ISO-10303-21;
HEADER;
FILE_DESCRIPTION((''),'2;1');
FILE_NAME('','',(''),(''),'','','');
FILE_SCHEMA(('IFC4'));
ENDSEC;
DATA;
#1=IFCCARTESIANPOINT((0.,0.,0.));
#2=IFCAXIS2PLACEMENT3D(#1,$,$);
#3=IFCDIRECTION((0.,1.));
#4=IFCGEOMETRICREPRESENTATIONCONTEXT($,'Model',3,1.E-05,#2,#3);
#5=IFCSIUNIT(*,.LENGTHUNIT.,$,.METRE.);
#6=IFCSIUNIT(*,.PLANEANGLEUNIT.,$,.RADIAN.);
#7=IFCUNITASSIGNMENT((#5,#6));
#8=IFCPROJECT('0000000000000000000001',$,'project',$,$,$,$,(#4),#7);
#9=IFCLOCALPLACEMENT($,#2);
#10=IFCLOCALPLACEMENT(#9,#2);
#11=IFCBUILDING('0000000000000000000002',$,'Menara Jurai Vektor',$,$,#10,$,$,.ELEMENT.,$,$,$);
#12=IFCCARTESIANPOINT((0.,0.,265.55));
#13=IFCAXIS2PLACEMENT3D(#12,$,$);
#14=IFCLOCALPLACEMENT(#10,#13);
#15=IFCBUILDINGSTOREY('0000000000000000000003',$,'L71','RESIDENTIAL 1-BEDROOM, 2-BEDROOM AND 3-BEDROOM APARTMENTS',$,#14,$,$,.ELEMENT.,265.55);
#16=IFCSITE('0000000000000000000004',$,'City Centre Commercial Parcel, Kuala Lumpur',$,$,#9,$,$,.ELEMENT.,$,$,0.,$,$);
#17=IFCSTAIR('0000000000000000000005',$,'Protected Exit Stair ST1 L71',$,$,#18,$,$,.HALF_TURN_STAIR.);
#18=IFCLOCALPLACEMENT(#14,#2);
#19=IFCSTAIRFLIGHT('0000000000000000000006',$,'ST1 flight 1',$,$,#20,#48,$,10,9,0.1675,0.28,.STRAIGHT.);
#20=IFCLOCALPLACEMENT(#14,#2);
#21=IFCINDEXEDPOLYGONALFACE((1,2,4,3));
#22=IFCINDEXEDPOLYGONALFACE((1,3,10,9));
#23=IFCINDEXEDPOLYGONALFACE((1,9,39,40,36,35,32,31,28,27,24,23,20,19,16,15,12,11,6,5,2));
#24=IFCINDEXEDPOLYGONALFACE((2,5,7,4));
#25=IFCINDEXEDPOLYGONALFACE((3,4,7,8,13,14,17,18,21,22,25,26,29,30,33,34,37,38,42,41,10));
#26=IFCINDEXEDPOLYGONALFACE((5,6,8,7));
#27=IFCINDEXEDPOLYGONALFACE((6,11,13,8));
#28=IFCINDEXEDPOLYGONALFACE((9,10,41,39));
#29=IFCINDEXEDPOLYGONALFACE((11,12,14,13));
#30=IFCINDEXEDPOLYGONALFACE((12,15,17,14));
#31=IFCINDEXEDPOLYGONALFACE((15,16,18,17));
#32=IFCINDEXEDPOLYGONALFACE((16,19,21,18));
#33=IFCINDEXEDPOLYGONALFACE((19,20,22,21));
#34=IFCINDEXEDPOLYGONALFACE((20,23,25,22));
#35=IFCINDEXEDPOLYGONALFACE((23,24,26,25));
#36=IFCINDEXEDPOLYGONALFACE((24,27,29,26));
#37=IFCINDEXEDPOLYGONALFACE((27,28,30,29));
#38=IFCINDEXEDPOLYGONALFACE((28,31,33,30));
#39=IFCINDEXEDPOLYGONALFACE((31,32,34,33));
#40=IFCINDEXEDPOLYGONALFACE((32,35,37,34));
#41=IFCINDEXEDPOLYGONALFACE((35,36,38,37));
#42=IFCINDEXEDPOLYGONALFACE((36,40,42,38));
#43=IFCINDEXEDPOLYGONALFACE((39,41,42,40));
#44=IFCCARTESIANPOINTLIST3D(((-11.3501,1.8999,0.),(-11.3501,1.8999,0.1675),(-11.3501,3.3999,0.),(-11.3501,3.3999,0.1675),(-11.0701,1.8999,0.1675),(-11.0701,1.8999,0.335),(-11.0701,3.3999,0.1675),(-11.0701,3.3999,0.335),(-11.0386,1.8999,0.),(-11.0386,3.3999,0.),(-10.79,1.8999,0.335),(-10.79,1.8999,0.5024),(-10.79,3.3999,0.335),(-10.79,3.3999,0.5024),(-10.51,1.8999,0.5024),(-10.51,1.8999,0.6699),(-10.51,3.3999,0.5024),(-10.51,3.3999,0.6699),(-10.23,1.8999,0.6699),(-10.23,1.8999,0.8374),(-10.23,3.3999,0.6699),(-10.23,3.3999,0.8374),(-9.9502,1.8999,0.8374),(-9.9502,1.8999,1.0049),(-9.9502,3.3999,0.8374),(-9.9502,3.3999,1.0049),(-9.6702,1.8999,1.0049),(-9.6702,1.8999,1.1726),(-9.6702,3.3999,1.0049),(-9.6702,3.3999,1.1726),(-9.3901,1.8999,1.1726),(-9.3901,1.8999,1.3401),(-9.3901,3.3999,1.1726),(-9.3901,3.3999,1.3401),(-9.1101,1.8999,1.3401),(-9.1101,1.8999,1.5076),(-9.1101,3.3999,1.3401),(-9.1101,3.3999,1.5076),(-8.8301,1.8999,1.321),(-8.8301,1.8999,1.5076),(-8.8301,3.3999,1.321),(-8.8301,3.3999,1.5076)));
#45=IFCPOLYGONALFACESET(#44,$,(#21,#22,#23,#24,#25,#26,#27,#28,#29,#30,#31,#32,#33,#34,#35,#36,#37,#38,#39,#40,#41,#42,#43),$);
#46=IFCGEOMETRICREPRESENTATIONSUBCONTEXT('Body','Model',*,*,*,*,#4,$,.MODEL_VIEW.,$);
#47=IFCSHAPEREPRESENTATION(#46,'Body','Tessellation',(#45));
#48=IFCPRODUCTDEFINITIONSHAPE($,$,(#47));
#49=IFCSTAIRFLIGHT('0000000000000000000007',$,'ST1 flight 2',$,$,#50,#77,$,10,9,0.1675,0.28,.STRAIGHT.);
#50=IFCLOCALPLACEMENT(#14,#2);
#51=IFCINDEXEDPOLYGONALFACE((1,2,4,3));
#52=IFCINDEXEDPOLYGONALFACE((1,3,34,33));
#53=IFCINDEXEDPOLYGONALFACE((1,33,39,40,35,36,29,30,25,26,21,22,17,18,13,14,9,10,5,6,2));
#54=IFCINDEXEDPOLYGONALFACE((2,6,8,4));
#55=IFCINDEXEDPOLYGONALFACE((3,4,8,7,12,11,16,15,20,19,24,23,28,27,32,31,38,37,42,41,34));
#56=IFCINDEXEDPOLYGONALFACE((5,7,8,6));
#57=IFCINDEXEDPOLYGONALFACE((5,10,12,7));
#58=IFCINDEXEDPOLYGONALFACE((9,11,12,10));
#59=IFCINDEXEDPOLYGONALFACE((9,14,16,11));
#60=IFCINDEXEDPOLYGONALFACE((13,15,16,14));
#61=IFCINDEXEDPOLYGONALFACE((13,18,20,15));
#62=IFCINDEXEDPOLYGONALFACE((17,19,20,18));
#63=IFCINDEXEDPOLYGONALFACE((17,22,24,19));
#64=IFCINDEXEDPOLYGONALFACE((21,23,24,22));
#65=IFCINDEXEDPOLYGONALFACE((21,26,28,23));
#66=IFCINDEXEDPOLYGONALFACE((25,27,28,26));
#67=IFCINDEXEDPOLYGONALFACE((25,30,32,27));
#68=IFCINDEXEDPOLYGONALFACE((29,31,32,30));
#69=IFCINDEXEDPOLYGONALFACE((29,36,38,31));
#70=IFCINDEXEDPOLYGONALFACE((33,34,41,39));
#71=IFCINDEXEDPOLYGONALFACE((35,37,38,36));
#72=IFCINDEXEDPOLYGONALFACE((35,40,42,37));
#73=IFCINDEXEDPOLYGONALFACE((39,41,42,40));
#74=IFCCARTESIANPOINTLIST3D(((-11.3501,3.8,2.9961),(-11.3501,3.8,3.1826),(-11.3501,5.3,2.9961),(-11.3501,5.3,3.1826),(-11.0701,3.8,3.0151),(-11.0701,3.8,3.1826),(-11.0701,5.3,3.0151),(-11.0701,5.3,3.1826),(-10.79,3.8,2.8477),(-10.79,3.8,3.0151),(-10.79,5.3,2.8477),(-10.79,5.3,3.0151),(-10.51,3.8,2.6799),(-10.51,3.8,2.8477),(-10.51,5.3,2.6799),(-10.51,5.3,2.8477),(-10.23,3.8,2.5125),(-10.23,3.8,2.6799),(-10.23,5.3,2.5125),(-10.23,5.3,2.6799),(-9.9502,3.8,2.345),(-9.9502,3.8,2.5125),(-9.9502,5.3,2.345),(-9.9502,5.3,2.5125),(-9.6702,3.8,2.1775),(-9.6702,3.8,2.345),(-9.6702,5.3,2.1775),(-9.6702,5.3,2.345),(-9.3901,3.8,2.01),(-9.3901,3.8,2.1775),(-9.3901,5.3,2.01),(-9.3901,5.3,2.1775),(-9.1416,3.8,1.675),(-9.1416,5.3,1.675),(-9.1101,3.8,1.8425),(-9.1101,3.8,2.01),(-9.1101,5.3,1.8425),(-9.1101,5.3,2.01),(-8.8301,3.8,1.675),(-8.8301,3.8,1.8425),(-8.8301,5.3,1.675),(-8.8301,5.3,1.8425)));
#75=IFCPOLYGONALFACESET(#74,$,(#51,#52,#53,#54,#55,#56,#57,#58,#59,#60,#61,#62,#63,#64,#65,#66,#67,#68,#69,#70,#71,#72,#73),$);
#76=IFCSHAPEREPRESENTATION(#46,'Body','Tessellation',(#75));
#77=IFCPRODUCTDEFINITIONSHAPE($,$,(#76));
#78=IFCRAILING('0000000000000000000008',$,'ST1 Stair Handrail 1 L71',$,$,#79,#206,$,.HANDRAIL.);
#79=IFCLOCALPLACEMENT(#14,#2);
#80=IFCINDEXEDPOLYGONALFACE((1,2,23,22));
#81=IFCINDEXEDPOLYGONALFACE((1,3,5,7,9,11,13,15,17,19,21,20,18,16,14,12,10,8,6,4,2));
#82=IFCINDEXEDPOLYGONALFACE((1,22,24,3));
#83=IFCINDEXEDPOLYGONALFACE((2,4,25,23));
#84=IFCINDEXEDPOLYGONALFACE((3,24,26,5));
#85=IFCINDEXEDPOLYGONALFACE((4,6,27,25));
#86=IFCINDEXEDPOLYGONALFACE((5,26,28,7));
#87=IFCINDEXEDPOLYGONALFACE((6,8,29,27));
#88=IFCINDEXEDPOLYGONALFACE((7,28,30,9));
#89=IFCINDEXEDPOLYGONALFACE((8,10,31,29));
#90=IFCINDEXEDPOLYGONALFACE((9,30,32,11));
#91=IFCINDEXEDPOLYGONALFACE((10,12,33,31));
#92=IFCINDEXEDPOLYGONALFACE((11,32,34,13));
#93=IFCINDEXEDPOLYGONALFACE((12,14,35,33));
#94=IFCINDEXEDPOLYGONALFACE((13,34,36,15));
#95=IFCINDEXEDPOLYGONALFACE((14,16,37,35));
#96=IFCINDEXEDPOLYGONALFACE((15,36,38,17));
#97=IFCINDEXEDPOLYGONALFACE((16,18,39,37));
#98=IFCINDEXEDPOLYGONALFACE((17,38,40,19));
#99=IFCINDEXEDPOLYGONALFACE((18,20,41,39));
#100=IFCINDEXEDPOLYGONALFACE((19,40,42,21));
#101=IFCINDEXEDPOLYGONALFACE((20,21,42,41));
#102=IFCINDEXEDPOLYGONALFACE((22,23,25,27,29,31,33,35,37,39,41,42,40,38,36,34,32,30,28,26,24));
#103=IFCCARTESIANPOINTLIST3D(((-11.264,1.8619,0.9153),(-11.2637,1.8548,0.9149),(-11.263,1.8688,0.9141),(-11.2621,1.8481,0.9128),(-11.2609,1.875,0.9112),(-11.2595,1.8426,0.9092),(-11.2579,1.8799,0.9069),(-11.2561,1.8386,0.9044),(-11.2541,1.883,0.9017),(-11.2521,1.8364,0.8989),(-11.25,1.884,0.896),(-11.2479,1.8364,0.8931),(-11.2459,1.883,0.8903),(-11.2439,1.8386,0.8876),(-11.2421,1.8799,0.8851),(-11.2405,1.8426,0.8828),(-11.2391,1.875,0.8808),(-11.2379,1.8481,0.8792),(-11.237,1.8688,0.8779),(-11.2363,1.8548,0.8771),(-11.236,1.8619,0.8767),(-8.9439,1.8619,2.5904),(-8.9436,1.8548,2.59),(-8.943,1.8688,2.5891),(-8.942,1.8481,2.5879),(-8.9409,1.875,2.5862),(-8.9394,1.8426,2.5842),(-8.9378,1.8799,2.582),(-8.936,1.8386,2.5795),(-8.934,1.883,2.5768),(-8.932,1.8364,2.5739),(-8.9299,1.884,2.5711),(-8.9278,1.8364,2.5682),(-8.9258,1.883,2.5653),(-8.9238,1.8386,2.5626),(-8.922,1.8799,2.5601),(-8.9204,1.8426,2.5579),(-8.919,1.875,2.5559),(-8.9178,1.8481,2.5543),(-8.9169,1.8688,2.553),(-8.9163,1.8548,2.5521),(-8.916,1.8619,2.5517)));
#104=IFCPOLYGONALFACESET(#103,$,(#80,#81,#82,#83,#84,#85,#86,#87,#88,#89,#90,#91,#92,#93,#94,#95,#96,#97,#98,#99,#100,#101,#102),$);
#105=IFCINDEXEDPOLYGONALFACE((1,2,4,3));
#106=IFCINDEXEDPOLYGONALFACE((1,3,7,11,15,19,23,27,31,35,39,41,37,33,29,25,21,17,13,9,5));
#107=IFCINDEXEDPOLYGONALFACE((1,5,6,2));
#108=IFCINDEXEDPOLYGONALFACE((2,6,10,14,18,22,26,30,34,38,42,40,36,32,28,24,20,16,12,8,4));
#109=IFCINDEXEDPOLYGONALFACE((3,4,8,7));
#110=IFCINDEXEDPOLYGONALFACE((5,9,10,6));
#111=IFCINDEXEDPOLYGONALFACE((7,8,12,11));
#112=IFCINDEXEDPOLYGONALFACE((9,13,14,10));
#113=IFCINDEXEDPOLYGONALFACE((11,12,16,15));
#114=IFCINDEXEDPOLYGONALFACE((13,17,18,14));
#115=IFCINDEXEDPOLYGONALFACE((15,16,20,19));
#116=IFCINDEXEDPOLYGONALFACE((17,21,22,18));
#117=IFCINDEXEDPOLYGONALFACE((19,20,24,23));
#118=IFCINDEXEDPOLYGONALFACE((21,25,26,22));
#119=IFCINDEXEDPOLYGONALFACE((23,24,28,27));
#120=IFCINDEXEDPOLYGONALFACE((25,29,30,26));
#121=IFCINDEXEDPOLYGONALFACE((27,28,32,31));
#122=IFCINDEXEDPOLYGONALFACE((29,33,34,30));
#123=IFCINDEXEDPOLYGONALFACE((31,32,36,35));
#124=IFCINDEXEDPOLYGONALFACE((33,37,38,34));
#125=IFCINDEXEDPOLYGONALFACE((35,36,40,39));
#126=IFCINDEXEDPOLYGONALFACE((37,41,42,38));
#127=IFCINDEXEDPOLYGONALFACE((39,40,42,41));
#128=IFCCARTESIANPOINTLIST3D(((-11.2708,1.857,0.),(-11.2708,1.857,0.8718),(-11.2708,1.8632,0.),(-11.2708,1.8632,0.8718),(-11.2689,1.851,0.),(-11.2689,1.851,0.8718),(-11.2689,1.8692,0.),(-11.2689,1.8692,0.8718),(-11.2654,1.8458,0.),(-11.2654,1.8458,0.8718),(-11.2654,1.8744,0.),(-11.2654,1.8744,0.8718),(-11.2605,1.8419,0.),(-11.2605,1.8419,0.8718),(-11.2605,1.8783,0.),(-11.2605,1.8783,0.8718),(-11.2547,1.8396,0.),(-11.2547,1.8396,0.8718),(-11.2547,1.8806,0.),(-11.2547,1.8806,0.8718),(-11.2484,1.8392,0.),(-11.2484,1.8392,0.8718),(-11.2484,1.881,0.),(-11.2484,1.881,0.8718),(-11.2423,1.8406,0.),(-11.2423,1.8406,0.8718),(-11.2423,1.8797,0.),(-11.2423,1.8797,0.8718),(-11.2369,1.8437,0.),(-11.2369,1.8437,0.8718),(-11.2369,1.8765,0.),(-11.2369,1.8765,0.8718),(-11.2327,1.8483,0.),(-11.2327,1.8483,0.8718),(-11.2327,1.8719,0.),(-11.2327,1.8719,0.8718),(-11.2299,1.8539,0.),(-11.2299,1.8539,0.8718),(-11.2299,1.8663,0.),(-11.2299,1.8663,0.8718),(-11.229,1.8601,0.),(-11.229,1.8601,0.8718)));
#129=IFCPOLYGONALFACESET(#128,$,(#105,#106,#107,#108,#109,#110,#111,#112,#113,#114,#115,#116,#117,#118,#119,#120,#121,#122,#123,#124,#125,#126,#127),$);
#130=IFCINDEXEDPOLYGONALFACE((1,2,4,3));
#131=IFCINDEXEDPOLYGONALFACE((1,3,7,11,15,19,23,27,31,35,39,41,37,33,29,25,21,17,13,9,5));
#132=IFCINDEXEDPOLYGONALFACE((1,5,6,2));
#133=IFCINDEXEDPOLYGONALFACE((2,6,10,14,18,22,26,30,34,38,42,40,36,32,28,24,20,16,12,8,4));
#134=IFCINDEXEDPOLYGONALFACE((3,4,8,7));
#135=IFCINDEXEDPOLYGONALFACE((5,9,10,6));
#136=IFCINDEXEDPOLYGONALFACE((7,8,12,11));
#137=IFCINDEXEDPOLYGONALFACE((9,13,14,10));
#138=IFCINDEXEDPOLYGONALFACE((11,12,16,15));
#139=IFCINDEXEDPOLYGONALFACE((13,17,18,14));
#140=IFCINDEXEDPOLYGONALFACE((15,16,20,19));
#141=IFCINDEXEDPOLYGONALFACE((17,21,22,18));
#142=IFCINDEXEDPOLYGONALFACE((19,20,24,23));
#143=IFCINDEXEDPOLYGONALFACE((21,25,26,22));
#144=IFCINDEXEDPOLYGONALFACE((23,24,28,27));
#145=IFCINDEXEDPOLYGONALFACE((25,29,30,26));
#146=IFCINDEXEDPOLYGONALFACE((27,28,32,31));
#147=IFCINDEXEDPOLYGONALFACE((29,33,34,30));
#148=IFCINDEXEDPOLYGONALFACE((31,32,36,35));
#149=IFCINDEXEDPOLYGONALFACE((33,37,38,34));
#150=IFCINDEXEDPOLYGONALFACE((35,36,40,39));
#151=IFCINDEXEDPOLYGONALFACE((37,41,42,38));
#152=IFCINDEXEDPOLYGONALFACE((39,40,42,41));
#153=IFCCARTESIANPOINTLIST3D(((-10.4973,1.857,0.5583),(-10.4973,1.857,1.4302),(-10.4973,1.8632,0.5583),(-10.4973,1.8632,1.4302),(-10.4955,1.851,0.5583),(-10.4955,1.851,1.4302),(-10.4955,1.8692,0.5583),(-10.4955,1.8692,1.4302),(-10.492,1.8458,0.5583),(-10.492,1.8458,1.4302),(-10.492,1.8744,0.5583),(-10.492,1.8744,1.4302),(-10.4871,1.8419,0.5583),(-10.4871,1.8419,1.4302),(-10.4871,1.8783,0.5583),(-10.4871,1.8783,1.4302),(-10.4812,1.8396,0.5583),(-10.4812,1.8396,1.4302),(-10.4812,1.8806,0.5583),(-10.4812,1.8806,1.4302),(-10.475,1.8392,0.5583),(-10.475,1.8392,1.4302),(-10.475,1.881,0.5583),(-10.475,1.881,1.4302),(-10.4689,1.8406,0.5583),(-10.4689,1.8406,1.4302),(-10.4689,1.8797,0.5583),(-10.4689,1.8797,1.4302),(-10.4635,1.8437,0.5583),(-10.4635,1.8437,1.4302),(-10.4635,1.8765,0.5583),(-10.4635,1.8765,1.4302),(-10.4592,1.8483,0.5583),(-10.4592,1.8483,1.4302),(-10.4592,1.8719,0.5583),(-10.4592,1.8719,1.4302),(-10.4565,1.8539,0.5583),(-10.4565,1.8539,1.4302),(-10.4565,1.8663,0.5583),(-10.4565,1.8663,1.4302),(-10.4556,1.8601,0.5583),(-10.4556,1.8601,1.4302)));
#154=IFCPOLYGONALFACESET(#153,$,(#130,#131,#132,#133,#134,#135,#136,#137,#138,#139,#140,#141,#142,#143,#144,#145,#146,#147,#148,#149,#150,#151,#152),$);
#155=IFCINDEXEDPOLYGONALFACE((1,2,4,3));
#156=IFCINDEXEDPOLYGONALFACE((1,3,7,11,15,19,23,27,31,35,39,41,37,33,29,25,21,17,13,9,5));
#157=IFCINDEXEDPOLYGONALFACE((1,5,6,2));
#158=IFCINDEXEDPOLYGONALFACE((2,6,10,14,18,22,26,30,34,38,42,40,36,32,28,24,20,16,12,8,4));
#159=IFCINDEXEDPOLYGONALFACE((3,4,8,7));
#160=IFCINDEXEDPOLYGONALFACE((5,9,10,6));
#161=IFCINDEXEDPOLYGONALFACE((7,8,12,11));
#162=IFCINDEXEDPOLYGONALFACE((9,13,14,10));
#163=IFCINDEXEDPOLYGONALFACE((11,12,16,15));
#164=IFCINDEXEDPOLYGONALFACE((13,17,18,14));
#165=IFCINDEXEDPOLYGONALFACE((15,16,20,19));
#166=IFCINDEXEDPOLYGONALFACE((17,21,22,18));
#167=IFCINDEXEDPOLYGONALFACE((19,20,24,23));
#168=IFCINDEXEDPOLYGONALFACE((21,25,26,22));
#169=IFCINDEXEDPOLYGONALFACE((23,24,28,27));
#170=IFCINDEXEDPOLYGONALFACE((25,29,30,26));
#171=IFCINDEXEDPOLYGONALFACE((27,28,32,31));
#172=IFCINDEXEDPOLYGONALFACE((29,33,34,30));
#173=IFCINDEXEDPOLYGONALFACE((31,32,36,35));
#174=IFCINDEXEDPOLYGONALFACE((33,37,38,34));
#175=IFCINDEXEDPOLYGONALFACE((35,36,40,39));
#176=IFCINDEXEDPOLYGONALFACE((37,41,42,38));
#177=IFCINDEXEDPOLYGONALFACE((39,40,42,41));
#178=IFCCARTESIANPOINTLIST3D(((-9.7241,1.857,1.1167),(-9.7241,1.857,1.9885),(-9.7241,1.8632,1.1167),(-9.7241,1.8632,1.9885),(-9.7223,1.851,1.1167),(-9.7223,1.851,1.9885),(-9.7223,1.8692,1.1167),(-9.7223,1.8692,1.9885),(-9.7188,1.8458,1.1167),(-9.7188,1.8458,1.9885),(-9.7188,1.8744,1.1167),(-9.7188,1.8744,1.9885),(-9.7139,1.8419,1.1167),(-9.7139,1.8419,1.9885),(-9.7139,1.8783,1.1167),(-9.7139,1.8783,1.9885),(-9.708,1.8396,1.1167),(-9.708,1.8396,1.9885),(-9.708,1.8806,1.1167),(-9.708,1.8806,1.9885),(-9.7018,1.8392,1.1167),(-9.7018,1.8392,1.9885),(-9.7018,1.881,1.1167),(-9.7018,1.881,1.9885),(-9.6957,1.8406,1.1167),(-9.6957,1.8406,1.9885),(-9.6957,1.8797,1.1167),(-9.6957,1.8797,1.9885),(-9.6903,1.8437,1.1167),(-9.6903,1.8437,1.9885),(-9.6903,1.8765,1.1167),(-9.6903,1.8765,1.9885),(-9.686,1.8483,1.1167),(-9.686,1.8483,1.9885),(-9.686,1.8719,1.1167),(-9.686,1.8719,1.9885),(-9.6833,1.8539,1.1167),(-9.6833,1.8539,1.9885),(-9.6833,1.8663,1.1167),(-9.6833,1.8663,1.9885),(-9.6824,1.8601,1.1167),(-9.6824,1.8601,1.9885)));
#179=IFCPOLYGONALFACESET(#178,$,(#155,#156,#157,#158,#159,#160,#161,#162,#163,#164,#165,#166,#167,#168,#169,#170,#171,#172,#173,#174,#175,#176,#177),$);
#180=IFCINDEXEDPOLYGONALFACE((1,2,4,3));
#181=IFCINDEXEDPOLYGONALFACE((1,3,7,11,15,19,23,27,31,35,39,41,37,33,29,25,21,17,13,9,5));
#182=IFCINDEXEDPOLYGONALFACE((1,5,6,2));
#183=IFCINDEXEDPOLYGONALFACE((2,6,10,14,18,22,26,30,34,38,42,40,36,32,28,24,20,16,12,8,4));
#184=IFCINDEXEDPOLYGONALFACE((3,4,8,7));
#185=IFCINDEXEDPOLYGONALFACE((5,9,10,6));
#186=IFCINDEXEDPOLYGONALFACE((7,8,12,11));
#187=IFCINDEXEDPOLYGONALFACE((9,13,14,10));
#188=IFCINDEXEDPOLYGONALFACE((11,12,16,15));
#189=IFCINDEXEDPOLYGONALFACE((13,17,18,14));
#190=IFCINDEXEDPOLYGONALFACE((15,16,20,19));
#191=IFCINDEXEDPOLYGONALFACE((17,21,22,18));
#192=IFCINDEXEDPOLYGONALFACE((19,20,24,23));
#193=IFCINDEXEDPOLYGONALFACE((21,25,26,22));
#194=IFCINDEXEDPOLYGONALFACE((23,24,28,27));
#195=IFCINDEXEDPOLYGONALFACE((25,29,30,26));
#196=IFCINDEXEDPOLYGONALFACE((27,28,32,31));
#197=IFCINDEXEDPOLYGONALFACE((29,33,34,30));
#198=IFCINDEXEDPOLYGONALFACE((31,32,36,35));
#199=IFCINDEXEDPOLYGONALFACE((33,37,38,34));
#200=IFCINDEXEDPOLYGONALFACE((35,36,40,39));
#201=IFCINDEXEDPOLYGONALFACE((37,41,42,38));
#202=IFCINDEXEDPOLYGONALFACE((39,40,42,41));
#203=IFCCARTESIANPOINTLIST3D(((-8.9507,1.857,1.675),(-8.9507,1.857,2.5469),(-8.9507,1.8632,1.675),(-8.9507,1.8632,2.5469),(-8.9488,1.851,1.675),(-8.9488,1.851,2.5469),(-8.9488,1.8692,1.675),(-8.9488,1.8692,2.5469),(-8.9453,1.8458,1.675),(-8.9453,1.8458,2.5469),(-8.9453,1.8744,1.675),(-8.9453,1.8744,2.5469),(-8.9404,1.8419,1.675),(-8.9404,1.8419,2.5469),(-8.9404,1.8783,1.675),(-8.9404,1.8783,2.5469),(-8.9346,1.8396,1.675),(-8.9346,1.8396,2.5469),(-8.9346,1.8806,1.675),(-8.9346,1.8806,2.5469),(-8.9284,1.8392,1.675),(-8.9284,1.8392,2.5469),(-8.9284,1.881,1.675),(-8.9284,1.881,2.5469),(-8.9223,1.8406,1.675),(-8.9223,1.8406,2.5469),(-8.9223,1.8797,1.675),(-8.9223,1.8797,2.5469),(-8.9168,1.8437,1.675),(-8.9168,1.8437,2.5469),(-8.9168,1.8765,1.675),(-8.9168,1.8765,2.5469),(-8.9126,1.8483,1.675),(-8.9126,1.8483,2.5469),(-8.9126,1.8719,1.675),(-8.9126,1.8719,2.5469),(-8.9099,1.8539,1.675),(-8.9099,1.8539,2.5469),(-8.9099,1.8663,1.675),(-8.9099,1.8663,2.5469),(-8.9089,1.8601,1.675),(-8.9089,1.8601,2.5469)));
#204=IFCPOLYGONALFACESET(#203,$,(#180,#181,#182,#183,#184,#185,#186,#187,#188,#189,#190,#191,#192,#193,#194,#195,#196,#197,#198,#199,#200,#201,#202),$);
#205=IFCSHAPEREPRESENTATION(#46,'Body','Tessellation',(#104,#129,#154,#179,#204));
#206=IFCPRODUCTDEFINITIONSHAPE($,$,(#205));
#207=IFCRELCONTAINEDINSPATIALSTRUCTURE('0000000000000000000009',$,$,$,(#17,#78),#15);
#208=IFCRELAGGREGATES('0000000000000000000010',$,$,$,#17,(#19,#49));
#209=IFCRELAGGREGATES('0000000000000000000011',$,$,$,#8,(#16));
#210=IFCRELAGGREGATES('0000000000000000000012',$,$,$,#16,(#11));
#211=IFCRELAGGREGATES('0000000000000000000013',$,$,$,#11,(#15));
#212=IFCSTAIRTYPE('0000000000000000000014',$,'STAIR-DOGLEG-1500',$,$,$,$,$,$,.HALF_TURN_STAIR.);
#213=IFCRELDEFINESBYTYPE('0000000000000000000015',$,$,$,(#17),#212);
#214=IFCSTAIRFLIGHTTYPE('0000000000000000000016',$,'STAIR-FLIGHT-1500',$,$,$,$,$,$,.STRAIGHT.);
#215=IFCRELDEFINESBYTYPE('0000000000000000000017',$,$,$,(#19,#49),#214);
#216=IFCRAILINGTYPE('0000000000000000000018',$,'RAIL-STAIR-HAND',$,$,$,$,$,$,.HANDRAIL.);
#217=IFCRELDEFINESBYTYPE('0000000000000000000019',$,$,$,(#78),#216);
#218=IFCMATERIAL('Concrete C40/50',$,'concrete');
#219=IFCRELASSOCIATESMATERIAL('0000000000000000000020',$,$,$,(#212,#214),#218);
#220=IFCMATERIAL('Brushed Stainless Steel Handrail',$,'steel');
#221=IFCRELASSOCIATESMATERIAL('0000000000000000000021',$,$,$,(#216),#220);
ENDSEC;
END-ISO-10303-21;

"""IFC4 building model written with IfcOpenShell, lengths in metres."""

from ifc_helpers import new_model, si_unit, direction, frame, origin, origin_2d, place, context, subcontext, project, spatial, polyline, circle, outline, extrude, material, type_object, element, aggregate, save


model = new_model("IFC4")

# Units and contexts
model_context = context("Model", 3, precision=1e-05, world=origin(), true_north=direction((0.0, 1.0)))
body_context = subcontext(model_context, "Body", "Model", "MODEL_VIEW")
ifc_project = project(units=[si_unit("LENGTHUNIT", "METRE"), si_unit("PLANEANGLEUNIT", "RADIAN")], contexts=[model_context])

# Site, building, storey
site_placement = place(None, origin())
site = spatial("IfcSite", under=ifc_project, at=site_placement, Name="City Centre Commercial Parcel, Kuala Lumpur", CompositionType="ELEMENT", RefElevation=0.0)
building_placement = place(site_placement, origin())
building = spatial("IfcBuilding", under=site, at=building_placement, Name="Menara Jurai Vektor", CompositionType="ELEMENT")
storey_placement = place(building_placement, frame((0.0, 0.0, 265.55)))
storey = spatial("IfcBuildingStorey", under=building, at=storey_placement, Name="L71", Description="RESIDENTIAL 1-BEDROOM, 2-BEDROOM AND 3-BEDROOM APARTMENTS", CompositionType="ELEMENT", Elevation=265.55)

# Shared definitions
ifc_material_1 = material(Name="Concrete C40/50", Category="concrete")

# Stair, stair flights
stair_type = type_object("IfcStairType", Name="STAIR-DOGLEG-1500", PredefinedType="HALF_TURN_STAIR", material=ifc_material_1)
stair_placement = place(storey_placement, origin())
stair = element("IfcStair", 1, at=stair_placement, inside=storey, type_object=stair_type, Name="Protected Exit Stair ST1 L71", PredefinedType="HALF_TURN_STAIR")
stair_flight_type = type_object("IfcStairFlightType", Name="STAIR-FLIGHT-1500", PredefinedType="STRAIGHT", material=ifc_material_1)
stair_flight_1_placement = place(storey_placement, frame((-11.3501, 2.6499, 0.0), z_axis=(0.0, 0.0, 1.0), x_axis=(1.0, 0.0, 0.0)))
stair_flight_1 = element("IfcStairFlight", 2, at=stair_flight_1_placement, type_object=stair_flight_type, Name="ST1 flight 1", NumberOfRisers=10, NumberOfTreads=9, PredefinedType="STRAIGHT", RiserHeight=0.1675, TreadLength=0.28, context=body_context, shape_type="SweptSolid", body=[
    extrude(outline(polyline([(0.0, 0.0), (0.0, 0.1675), (0.28, 0.1675), (0.28, 0.335), (0.5601, 0.335), (0.5601, 0.5024), (0.8401, 0.5024), (0.8401, 0.6699), (1.1201, 0.6699), (1.1201, 0.8374), (1.3999, 0.8374), (1.3999, 1.0049), (1.6799, 1.0049), (1.6799, 1.1726), (1.96, 1.1726), (1.96, 1.3401), (2.24, 1.3401), (2.24, 1.5076), (2.52, 1.5076), (2.52, 1.675), (2.52, 1.321), (0.3115, 0.0), (0.0, 0.0)])), frame((0.0, 0.75, 0.0), z_axis=(0.0, -1.0, 0.0), x_axis=(1.0, 0.0, 0.0)), (0.0, 0.0, 1.0), 1.5),
])
stair_flight_2_placement = place(storey_placement, frame((-8.8301, 4.55, 1.675), z_axis=(0.0, 0.0, 1.0), x_axis=(-1.0, 0.0, 0.0)))
stair_flight_2 = element("IfcStairFlight", 3, at=stair_flight_2_placement, type_object=stair_flight_type, Name="ST1 flight 2", NumberOfRisers=10, NumberOfTreads=9, PredefinedType="STRAIGHT", RiserHeight=0.1675, TreadLength=0.28, context=body_context, shape_type="SweptSolid", body=[
    extrude(outline(polyline([(0.0, 0.0), (0.0, 0.1675), (0.28, 0.1675), (0.28, 0.335), (0.5601, 0.335), (0.5601, 0.5024), (0.8401, 0.5024), (0.8401, 0.6699), (1.1201, 0.6699), (1.1201, 0.8374), (1.3999, 0.8374), (1.3999, 1.0049), (1.6799, 1.0049), (1.6799, 1.1726), (1.96, 1.1726), (1.96, 1.3401), (2.24, 1.3401), (2.24, 1.5076), (2.52, 1.5076), (2.52, 1.675), (2.52, 1.321), (0.3115, 0.0), (0.0, 0.0)])), frame((0.0, 0.75, 0.0), z_axis=(0.0, -1.0, 0.0), x_axis=(1.0, 0.0, 0.0)), (0.0, 0.0, 1.0), 1.5),
])
aggregate(stair, [stair_flight_1, stair_flight_2])

# Railing
ifc_material_2 = material(Name="Brushed Stainless Steel Handrail", Category="steel")
railing_type_1 = type_object("IfcRailingType", Name="RAIL-STAIR-HAND", PredefinedType="HANDRAIL", material=ifc_material_2)
railing_1_placement = place(storey_placement, frame((-11.25, 1.8601, 0.0)))
element("IfcRailing", 4, at=railing_1_placement, inside=storey, type_object=railing_type_1, Name="ST1 Stair Handrail 1 L71", PredefinedType="HANDRAIL", context=body_context, shape_type="SweptSolid", body=[
    extrude(circle(Radius=0.0239, at=origin_2d()), frame((0.0, 0.0, 0.896), z_axis=(0.810771, 0.0, 0.585363), x_axis=(0.0, 1.0, 0.0)), (0.0, 0.0, 1.0), 2.8616),
    extrude(circle(Radius=0.021, at=origin_2d()), origin(), (0.0, 0.0, 1.0), 0.8718),
    extrude(circle(Radius=0.021, at=origin_2d()), frame((0.7734, 0.0, 0.5583)), (0.0, 0.0, 1.0), 0.8718),
    extrude(circle(Radius=0.021, at=origin_2d()), frame((1.5466, 0.0, 1.1167)), (0.0, 0.0, 1.0), 0.8718),
    extrude(circle(Radius=0.021, at=origin_2d()), frame((2.3201, 0.0, 1.675)), (0.0, 0.0, 1.0), 0.8718),
])

save(model, "model.ifc")
